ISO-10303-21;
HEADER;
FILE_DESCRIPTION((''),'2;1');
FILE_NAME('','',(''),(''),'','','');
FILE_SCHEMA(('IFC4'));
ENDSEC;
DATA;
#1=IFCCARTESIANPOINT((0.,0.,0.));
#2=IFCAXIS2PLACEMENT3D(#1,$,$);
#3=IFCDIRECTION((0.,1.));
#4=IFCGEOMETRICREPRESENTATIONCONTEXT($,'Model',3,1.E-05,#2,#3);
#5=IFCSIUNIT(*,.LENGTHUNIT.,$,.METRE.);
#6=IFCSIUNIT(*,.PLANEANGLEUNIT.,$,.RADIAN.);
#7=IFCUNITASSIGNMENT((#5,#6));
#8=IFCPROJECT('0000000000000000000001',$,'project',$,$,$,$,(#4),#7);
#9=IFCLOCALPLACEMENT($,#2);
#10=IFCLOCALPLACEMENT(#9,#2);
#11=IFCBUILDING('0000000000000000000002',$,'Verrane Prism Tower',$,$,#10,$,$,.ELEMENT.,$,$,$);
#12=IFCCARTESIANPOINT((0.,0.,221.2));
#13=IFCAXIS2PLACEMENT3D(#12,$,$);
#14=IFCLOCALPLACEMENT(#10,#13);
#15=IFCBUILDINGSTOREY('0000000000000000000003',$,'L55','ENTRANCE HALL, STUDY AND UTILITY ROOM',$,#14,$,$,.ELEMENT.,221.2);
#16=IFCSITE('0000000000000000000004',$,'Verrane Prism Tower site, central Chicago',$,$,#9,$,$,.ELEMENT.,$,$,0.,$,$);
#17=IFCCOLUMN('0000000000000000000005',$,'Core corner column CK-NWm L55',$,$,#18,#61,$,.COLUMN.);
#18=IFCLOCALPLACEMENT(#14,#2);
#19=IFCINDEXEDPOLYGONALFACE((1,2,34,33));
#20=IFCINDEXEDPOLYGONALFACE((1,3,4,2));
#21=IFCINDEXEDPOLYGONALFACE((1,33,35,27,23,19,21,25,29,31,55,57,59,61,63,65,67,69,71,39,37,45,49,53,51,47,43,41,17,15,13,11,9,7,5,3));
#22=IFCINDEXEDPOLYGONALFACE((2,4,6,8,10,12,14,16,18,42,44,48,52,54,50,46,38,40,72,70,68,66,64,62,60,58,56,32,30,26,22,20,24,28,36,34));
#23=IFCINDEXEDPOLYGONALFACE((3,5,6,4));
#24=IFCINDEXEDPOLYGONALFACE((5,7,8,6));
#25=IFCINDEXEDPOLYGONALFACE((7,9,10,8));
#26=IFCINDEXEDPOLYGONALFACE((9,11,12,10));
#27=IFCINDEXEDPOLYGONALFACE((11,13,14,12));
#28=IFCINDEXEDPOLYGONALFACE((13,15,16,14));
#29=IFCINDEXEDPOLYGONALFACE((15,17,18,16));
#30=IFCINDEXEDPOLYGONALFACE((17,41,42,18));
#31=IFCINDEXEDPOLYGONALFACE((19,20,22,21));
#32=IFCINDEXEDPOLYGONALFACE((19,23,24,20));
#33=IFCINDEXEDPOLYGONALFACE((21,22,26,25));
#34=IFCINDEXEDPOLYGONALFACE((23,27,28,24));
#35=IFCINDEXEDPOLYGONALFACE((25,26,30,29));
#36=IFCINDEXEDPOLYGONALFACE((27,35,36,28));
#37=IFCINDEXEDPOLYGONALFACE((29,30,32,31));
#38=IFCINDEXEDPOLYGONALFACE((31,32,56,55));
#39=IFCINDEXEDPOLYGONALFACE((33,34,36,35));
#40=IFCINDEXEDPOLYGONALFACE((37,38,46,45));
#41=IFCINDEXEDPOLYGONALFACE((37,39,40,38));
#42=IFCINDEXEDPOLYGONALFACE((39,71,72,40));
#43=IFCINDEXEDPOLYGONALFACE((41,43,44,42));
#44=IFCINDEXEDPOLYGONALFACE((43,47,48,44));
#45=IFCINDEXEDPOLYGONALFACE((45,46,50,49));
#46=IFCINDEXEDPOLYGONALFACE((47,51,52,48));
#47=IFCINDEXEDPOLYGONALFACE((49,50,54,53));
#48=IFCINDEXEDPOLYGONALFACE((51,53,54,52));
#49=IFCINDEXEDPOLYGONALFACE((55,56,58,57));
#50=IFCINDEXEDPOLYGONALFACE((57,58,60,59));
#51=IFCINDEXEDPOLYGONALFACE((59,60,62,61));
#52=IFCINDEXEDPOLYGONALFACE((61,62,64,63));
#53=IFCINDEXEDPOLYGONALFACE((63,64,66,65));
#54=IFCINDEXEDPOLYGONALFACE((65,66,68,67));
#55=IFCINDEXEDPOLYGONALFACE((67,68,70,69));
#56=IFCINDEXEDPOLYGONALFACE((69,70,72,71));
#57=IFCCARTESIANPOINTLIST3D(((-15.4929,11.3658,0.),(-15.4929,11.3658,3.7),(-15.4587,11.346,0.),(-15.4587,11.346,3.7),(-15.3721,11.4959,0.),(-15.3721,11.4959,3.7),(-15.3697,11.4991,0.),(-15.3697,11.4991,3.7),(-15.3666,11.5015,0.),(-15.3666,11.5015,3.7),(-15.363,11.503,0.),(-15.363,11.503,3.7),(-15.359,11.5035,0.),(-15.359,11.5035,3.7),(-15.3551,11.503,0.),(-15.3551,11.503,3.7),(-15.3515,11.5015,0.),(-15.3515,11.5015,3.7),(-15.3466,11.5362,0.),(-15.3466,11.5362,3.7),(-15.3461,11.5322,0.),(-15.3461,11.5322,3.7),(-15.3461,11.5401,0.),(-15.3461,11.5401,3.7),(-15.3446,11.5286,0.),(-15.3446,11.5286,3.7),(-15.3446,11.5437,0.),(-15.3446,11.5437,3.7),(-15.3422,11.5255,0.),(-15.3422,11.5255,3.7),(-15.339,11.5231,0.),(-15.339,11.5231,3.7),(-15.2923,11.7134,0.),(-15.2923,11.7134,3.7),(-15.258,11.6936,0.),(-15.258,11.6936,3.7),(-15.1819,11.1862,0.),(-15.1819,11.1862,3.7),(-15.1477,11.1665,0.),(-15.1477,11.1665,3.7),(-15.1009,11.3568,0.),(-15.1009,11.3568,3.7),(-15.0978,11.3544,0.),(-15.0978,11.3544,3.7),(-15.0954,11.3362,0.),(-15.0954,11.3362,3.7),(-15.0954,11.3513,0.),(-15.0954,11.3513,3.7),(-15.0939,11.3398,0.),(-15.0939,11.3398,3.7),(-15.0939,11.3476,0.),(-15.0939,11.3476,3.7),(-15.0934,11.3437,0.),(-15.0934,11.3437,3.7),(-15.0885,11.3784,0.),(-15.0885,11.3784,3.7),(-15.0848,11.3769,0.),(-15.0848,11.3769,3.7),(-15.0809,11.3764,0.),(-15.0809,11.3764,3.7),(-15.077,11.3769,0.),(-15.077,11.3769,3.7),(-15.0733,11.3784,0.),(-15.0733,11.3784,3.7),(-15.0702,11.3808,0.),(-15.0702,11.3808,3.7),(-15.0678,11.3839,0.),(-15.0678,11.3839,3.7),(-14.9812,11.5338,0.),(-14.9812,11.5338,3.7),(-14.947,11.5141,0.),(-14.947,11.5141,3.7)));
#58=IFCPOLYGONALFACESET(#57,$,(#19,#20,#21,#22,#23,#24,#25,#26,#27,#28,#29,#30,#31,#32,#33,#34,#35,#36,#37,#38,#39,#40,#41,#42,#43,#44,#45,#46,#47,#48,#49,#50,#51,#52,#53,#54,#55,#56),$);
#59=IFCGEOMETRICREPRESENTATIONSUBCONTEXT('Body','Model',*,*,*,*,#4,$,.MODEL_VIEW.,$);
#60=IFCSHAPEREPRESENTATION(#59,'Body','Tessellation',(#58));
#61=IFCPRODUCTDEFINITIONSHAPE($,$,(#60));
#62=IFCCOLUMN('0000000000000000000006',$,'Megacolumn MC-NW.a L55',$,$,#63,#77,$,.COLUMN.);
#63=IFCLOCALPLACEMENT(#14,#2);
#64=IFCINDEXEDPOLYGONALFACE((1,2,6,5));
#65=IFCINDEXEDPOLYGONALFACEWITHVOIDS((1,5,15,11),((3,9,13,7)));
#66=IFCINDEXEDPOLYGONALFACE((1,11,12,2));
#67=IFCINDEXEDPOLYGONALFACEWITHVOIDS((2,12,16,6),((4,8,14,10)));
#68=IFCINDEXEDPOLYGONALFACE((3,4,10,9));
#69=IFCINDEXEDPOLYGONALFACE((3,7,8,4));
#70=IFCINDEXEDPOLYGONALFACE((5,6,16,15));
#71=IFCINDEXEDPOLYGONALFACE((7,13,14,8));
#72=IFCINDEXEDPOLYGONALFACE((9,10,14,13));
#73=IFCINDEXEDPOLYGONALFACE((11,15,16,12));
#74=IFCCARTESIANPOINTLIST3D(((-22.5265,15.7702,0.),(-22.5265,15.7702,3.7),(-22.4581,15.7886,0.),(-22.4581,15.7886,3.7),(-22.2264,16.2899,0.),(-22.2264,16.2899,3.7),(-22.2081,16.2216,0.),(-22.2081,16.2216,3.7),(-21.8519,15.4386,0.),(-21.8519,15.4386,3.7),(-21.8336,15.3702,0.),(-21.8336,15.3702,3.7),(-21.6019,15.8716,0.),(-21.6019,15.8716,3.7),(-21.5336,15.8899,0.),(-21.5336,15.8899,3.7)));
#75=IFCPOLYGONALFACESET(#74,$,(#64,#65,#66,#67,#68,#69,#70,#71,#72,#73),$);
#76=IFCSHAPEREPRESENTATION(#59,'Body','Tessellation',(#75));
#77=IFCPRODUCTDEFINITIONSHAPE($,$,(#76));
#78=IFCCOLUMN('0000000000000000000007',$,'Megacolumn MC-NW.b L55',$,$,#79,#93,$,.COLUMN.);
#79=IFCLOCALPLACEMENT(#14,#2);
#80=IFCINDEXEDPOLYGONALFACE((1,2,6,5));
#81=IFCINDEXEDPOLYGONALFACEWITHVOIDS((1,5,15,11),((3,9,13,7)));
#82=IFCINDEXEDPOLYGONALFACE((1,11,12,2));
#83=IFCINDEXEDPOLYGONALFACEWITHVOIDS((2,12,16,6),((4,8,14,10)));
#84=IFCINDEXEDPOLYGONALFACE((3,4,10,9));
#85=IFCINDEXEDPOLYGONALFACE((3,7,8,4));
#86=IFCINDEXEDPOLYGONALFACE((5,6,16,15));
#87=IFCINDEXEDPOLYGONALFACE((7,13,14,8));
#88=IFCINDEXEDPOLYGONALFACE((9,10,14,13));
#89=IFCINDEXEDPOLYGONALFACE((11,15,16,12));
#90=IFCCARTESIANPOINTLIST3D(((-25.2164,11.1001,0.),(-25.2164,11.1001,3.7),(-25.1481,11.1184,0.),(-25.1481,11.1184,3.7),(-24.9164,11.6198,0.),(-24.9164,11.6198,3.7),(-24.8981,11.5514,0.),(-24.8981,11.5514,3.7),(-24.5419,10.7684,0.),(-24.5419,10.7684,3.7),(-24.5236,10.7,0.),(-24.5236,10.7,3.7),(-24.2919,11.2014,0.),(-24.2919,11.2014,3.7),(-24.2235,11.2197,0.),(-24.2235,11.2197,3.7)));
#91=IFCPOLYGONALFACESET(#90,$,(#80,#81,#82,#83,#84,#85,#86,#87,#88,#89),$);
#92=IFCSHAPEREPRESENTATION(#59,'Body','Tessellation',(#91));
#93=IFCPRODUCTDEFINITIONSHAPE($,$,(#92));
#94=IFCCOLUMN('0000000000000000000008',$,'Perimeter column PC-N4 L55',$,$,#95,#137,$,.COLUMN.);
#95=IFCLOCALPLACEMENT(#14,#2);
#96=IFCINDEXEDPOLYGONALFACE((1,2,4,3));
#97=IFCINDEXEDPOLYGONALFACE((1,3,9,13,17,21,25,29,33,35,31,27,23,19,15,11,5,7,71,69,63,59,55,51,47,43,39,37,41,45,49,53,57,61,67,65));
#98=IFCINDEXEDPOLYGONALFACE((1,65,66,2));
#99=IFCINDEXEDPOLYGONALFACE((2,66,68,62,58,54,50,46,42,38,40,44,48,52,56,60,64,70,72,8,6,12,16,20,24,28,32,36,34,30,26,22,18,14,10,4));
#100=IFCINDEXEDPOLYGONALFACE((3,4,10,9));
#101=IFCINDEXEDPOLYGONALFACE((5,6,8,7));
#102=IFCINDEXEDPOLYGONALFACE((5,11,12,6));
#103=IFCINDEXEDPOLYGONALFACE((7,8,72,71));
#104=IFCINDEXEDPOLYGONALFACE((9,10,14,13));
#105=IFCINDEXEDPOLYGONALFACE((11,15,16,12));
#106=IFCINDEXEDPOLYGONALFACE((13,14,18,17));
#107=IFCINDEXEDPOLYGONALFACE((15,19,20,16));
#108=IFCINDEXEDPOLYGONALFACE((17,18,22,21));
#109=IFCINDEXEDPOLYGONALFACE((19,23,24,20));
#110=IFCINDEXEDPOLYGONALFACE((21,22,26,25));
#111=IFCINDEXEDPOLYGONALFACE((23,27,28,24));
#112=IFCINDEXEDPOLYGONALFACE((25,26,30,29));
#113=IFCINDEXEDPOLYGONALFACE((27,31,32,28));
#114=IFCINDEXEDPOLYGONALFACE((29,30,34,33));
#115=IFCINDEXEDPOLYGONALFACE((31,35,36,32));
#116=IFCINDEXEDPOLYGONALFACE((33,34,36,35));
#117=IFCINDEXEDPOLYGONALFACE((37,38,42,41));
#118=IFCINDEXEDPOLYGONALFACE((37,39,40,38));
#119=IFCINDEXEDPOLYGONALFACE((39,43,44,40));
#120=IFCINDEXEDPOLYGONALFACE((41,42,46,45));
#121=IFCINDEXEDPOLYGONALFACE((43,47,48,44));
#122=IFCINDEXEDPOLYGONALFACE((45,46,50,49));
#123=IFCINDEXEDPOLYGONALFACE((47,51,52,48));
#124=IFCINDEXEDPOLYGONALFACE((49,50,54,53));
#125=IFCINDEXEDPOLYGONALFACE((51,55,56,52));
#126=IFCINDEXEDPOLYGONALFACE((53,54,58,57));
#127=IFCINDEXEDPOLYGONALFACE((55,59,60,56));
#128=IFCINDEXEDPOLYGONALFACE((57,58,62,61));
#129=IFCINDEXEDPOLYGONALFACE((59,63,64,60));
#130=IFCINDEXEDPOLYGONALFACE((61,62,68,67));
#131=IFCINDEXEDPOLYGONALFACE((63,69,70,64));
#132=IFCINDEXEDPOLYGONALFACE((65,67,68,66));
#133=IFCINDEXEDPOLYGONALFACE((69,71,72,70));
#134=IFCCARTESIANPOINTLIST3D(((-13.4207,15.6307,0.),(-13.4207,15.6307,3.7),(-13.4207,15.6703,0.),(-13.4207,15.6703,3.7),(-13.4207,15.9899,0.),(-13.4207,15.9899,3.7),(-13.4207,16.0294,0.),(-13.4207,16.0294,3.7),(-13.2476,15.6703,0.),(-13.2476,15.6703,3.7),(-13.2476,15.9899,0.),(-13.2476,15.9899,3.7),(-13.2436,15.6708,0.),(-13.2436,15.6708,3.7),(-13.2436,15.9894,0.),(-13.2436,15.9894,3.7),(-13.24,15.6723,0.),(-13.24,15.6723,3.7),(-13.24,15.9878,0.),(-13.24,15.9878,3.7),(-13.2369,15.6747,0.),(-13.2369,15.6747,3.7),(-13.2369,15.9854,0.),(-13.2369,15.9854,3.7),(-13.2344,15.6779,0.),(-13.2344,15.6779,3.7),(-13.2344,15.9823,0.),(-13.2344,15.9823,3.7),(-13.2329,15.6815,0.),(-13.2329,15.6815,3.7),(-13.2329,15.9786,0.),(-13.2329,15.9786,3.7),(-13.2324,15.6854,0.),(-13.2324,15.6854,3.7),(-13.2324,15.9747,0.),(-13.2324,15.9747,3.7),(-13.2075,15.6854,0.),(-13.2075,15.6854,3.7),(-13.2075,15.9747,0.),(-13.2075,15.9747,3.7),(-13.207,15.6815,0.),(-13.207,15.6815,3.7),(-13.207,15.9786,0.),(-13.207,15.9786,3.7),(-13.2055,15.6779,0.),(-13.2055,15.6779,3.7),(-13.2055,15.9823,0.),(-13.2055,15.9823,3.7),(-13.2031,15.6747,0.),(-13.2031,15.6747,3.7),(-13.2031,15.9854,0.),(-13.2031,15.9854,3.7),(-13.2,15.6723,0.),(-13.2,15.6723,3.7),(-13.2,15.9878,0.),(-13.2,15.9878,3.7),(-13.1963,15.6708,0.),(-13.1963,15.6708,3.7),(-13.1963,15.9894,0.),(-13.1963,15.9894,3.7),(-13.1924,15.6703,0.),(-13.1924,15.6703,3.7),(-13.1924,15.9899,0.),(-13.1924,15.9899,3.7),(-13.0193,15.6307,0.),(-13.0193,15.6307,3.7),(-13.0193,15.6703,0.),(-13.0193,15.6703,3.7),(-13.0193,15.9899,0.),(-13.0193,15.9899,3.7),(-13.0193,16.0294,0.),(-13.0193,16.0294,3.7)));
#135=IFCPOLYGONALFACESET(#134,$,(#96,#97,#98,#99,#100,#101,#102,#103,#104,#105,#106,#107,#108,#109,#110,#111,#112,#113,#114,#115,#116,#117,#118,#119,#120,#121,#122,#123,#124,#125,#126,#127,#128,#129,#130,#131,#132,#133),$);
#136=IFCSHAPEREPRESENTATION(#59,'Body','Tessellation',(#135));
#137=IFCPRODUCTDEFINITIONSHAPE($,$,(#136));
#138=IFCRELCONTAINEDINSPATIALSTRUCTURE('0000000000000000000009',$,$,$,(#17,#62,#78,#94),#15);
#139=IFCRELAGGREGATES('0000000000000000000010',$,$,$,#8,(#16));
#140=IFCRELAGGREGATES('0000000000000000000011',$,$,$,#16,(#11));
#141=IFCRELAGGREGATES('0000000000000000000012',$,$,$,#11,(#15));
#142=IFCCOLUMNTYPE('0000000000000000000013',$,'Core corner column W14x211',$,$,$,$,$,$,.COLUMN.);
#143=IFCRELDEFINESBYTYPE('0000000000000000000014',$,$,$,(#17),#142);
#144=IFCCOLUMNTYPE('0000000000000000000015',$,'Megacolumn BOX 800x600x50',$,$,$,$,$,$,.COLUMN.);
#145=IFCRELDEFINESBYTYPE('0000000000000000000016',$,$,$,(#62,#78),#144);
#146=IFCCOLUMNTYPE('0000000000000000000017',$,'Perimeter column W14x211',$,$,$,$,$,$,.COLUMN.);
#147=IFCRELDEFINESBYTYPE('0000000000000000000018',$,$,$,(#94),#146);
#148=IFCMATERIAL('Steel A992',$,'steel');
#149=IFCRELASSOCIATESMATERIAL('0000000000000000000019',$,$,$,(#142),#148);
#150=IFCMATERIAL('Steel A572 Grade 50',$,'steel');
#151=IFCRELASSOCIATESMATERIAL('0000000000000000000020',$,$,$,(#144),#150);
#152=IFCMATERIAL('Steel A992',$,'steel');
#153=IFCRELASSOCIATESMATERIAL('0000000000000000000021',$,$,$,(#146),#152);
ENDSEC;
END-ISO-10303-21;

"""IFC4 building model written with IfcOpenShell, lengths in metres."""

from ifc_helpers import new_model, si_unit, direction, frame, origin, origin_2d, place, context, subcontext, project, spatial, hollow_rectangle, i_section, extrude, material, material_profile, profile_set, type_object, element, save


model = new_model("IFC4")

# Units and contexts
model_context = context("Model", 3, precision=1e-05, world=origin(), true_north=direction((0.0, 1.0)))
body_context = subcontext(model_context, "Body", "Model", "MODEL_VIEW")
ifc_project = project(units=[si_unit("LENGTHUNIT", "METRE"), si_unit("PLANEANGLEUNIT", "RADIAN")], contexts=[model_context])

# Site, building, storey
site_placement = place(None, origin())
site = spatial("IfcSite", under=ifc_project, at=site_placement, Name="Verrane Prism Tower site, central Chicago", CompositionType="ELEMENT", RefElevation=0.0)
building_placement = place(site_placement, origin())
building = spatial("IfcBuilding", under=site, at=building_placement, Name="Verrane Prism Tower", CompositionType="ELEMENT")
storey_placement = place(building_placement, frame((0.0, 0.0, 221.2)))
storey = spatial("IfcBuildingStorey", under=building, at=storey_placement, Name="L55", Description="ENTRANCE HALL, STUDY AND UTILITY ROOM", CompositionType="ELEMENT", Elevation=221.2)

# Columns
ifc_material_1 = material(Name="Steel A992", Category="steel")
ifc_material_profile_1 = material_profile(ifc_material_1, i_section(OverallWidth=0.4014, OverallDepth=0.3987, WebThickness=0.0249, FlangeThickness=0.0396, FilletRadius=0.0151, at=origin_2d()), Name="W14x211")
ifc_profile_set_1 = profile_set([ifc_material_profile_1], Name="Steel A992")
column_type_1 = type_object("IfcColumnType", Name="Core corner column W14x211", PredefinedType="COLUMN", material=ifc_profile_set_1)
column_1_placement = place(storey_placement, frame((-15.22, 11.4399, 0.0), z_axis=(0.0, 0.0, 1.0), x_axis=(0.5, 0.866025, 0.0)))
element("IfcColumn", 1, at=column_1_placement, inside=storey, type_object=column_type_1, Name="Core corner column CK-NWm L55", PredefinedType="COLUMN", context=body_context, shape_type="SweptSolid", body=[
    extrude(i_section(OverallWidth=0.4014, OverallDepth=0.3987, WebThickness=0.0249, FlangeThickness=0.0396, FilletRadius=0.0151, at=origin_2d()), origin(), (0.0, 0.0, 1.0), 3.7),
])
ifc_material_2 = material(Name="Steel A572 Grade 50", Category="steel")
ifc_material_profile_2 = material_profile(ifc_material_2, hollow_rectangle(XDim=0.6001, YDim=0.8, WallThickness=0.05, at=origin_2d()), Name="BOX 800x600x50")
ifc_profile_set_2 = profile_set([ifc_material_profile_2], Name="Steel A572 Grade 50")
column_type_2 = type_object("IfcColumnType", Name="Megacolumn BOX 800x600x50", PredefinedType="COLUMN", material=ifc_profile_set_2)
for number, where, z_axis, x_axis, name in (
    (2, (-22.03, 15.8301, 0.0), (0.0, 0.0, 1.0), (0.5, 0.866025, 0.0), "Megacolumn MC-NW.a L55"),
    (3, (-24.72, 11.1599, 0.0), (0.0, 0.0, 1.0), (0.5, 0.866025, 0.0), "Megacolumn MC-NW.b L55"),
):
    element("IfcColumn", number, at=place(storey_placement, frame(where, z_axis=z_axis, x_axis=x_axis)), inside=storey, type_object=column_type_2, Name=name, PredefinedType="COLUMN", context=body_context, shape_type="SweptSolid", body=[
        extrude(hollow_rectangle(XDim=0.6001, YDim=0.8, WallThickness=0.05, at=origin_2d()), origin(), (0.0, 0.0, 1.0), 3.7),
    ])
ifc_material_3 = material(Name="Steel A992", Category="steel")
ifc_material_profile_3 = material_profile(ifc_material_3, i_section(OverallWidth=0.4014, OverallDepth=0.3987, WebThickness=0.0249, FlangeThickness=0.0396, FilletRadius=0.0151, at=origin_2d()), Name="W14x211")
ifc_profile_set_3 = profile_set([ifc_material_profile_3], Name="Steel A992")
column_type_3 = type_object("IfcColumnType", Name="Perimeter column W14x211", PredefinedType="COLUMN", material=ifc_profile_set_3)
column_2_placement = place(storey_placement, frame((-13.22, 15.8301, 0.0), z_axis=(0.0, 0.0, 1.0), x_axis=(1.0, 0.0, 0.0)))
element("IfcColumn", 4, at=column_2_placement, inside=storey, type_object=column_type_3, Name="Perimeter column PC-N4 L55", PredefinedType="COLUMN", context=body_context, shape_type="SweptSolid", body=[
    extrude(i_section(OverallWidth=0.4014, OverallDepth=0.3987, WebThickness=0.0249, FlangeThickness=0.0396, FilletRadius=0.0151, at=origin_2d()), origin(), (0.0, 0.0, 1.0), 3.7),
])

save(model, "model.ifc")
